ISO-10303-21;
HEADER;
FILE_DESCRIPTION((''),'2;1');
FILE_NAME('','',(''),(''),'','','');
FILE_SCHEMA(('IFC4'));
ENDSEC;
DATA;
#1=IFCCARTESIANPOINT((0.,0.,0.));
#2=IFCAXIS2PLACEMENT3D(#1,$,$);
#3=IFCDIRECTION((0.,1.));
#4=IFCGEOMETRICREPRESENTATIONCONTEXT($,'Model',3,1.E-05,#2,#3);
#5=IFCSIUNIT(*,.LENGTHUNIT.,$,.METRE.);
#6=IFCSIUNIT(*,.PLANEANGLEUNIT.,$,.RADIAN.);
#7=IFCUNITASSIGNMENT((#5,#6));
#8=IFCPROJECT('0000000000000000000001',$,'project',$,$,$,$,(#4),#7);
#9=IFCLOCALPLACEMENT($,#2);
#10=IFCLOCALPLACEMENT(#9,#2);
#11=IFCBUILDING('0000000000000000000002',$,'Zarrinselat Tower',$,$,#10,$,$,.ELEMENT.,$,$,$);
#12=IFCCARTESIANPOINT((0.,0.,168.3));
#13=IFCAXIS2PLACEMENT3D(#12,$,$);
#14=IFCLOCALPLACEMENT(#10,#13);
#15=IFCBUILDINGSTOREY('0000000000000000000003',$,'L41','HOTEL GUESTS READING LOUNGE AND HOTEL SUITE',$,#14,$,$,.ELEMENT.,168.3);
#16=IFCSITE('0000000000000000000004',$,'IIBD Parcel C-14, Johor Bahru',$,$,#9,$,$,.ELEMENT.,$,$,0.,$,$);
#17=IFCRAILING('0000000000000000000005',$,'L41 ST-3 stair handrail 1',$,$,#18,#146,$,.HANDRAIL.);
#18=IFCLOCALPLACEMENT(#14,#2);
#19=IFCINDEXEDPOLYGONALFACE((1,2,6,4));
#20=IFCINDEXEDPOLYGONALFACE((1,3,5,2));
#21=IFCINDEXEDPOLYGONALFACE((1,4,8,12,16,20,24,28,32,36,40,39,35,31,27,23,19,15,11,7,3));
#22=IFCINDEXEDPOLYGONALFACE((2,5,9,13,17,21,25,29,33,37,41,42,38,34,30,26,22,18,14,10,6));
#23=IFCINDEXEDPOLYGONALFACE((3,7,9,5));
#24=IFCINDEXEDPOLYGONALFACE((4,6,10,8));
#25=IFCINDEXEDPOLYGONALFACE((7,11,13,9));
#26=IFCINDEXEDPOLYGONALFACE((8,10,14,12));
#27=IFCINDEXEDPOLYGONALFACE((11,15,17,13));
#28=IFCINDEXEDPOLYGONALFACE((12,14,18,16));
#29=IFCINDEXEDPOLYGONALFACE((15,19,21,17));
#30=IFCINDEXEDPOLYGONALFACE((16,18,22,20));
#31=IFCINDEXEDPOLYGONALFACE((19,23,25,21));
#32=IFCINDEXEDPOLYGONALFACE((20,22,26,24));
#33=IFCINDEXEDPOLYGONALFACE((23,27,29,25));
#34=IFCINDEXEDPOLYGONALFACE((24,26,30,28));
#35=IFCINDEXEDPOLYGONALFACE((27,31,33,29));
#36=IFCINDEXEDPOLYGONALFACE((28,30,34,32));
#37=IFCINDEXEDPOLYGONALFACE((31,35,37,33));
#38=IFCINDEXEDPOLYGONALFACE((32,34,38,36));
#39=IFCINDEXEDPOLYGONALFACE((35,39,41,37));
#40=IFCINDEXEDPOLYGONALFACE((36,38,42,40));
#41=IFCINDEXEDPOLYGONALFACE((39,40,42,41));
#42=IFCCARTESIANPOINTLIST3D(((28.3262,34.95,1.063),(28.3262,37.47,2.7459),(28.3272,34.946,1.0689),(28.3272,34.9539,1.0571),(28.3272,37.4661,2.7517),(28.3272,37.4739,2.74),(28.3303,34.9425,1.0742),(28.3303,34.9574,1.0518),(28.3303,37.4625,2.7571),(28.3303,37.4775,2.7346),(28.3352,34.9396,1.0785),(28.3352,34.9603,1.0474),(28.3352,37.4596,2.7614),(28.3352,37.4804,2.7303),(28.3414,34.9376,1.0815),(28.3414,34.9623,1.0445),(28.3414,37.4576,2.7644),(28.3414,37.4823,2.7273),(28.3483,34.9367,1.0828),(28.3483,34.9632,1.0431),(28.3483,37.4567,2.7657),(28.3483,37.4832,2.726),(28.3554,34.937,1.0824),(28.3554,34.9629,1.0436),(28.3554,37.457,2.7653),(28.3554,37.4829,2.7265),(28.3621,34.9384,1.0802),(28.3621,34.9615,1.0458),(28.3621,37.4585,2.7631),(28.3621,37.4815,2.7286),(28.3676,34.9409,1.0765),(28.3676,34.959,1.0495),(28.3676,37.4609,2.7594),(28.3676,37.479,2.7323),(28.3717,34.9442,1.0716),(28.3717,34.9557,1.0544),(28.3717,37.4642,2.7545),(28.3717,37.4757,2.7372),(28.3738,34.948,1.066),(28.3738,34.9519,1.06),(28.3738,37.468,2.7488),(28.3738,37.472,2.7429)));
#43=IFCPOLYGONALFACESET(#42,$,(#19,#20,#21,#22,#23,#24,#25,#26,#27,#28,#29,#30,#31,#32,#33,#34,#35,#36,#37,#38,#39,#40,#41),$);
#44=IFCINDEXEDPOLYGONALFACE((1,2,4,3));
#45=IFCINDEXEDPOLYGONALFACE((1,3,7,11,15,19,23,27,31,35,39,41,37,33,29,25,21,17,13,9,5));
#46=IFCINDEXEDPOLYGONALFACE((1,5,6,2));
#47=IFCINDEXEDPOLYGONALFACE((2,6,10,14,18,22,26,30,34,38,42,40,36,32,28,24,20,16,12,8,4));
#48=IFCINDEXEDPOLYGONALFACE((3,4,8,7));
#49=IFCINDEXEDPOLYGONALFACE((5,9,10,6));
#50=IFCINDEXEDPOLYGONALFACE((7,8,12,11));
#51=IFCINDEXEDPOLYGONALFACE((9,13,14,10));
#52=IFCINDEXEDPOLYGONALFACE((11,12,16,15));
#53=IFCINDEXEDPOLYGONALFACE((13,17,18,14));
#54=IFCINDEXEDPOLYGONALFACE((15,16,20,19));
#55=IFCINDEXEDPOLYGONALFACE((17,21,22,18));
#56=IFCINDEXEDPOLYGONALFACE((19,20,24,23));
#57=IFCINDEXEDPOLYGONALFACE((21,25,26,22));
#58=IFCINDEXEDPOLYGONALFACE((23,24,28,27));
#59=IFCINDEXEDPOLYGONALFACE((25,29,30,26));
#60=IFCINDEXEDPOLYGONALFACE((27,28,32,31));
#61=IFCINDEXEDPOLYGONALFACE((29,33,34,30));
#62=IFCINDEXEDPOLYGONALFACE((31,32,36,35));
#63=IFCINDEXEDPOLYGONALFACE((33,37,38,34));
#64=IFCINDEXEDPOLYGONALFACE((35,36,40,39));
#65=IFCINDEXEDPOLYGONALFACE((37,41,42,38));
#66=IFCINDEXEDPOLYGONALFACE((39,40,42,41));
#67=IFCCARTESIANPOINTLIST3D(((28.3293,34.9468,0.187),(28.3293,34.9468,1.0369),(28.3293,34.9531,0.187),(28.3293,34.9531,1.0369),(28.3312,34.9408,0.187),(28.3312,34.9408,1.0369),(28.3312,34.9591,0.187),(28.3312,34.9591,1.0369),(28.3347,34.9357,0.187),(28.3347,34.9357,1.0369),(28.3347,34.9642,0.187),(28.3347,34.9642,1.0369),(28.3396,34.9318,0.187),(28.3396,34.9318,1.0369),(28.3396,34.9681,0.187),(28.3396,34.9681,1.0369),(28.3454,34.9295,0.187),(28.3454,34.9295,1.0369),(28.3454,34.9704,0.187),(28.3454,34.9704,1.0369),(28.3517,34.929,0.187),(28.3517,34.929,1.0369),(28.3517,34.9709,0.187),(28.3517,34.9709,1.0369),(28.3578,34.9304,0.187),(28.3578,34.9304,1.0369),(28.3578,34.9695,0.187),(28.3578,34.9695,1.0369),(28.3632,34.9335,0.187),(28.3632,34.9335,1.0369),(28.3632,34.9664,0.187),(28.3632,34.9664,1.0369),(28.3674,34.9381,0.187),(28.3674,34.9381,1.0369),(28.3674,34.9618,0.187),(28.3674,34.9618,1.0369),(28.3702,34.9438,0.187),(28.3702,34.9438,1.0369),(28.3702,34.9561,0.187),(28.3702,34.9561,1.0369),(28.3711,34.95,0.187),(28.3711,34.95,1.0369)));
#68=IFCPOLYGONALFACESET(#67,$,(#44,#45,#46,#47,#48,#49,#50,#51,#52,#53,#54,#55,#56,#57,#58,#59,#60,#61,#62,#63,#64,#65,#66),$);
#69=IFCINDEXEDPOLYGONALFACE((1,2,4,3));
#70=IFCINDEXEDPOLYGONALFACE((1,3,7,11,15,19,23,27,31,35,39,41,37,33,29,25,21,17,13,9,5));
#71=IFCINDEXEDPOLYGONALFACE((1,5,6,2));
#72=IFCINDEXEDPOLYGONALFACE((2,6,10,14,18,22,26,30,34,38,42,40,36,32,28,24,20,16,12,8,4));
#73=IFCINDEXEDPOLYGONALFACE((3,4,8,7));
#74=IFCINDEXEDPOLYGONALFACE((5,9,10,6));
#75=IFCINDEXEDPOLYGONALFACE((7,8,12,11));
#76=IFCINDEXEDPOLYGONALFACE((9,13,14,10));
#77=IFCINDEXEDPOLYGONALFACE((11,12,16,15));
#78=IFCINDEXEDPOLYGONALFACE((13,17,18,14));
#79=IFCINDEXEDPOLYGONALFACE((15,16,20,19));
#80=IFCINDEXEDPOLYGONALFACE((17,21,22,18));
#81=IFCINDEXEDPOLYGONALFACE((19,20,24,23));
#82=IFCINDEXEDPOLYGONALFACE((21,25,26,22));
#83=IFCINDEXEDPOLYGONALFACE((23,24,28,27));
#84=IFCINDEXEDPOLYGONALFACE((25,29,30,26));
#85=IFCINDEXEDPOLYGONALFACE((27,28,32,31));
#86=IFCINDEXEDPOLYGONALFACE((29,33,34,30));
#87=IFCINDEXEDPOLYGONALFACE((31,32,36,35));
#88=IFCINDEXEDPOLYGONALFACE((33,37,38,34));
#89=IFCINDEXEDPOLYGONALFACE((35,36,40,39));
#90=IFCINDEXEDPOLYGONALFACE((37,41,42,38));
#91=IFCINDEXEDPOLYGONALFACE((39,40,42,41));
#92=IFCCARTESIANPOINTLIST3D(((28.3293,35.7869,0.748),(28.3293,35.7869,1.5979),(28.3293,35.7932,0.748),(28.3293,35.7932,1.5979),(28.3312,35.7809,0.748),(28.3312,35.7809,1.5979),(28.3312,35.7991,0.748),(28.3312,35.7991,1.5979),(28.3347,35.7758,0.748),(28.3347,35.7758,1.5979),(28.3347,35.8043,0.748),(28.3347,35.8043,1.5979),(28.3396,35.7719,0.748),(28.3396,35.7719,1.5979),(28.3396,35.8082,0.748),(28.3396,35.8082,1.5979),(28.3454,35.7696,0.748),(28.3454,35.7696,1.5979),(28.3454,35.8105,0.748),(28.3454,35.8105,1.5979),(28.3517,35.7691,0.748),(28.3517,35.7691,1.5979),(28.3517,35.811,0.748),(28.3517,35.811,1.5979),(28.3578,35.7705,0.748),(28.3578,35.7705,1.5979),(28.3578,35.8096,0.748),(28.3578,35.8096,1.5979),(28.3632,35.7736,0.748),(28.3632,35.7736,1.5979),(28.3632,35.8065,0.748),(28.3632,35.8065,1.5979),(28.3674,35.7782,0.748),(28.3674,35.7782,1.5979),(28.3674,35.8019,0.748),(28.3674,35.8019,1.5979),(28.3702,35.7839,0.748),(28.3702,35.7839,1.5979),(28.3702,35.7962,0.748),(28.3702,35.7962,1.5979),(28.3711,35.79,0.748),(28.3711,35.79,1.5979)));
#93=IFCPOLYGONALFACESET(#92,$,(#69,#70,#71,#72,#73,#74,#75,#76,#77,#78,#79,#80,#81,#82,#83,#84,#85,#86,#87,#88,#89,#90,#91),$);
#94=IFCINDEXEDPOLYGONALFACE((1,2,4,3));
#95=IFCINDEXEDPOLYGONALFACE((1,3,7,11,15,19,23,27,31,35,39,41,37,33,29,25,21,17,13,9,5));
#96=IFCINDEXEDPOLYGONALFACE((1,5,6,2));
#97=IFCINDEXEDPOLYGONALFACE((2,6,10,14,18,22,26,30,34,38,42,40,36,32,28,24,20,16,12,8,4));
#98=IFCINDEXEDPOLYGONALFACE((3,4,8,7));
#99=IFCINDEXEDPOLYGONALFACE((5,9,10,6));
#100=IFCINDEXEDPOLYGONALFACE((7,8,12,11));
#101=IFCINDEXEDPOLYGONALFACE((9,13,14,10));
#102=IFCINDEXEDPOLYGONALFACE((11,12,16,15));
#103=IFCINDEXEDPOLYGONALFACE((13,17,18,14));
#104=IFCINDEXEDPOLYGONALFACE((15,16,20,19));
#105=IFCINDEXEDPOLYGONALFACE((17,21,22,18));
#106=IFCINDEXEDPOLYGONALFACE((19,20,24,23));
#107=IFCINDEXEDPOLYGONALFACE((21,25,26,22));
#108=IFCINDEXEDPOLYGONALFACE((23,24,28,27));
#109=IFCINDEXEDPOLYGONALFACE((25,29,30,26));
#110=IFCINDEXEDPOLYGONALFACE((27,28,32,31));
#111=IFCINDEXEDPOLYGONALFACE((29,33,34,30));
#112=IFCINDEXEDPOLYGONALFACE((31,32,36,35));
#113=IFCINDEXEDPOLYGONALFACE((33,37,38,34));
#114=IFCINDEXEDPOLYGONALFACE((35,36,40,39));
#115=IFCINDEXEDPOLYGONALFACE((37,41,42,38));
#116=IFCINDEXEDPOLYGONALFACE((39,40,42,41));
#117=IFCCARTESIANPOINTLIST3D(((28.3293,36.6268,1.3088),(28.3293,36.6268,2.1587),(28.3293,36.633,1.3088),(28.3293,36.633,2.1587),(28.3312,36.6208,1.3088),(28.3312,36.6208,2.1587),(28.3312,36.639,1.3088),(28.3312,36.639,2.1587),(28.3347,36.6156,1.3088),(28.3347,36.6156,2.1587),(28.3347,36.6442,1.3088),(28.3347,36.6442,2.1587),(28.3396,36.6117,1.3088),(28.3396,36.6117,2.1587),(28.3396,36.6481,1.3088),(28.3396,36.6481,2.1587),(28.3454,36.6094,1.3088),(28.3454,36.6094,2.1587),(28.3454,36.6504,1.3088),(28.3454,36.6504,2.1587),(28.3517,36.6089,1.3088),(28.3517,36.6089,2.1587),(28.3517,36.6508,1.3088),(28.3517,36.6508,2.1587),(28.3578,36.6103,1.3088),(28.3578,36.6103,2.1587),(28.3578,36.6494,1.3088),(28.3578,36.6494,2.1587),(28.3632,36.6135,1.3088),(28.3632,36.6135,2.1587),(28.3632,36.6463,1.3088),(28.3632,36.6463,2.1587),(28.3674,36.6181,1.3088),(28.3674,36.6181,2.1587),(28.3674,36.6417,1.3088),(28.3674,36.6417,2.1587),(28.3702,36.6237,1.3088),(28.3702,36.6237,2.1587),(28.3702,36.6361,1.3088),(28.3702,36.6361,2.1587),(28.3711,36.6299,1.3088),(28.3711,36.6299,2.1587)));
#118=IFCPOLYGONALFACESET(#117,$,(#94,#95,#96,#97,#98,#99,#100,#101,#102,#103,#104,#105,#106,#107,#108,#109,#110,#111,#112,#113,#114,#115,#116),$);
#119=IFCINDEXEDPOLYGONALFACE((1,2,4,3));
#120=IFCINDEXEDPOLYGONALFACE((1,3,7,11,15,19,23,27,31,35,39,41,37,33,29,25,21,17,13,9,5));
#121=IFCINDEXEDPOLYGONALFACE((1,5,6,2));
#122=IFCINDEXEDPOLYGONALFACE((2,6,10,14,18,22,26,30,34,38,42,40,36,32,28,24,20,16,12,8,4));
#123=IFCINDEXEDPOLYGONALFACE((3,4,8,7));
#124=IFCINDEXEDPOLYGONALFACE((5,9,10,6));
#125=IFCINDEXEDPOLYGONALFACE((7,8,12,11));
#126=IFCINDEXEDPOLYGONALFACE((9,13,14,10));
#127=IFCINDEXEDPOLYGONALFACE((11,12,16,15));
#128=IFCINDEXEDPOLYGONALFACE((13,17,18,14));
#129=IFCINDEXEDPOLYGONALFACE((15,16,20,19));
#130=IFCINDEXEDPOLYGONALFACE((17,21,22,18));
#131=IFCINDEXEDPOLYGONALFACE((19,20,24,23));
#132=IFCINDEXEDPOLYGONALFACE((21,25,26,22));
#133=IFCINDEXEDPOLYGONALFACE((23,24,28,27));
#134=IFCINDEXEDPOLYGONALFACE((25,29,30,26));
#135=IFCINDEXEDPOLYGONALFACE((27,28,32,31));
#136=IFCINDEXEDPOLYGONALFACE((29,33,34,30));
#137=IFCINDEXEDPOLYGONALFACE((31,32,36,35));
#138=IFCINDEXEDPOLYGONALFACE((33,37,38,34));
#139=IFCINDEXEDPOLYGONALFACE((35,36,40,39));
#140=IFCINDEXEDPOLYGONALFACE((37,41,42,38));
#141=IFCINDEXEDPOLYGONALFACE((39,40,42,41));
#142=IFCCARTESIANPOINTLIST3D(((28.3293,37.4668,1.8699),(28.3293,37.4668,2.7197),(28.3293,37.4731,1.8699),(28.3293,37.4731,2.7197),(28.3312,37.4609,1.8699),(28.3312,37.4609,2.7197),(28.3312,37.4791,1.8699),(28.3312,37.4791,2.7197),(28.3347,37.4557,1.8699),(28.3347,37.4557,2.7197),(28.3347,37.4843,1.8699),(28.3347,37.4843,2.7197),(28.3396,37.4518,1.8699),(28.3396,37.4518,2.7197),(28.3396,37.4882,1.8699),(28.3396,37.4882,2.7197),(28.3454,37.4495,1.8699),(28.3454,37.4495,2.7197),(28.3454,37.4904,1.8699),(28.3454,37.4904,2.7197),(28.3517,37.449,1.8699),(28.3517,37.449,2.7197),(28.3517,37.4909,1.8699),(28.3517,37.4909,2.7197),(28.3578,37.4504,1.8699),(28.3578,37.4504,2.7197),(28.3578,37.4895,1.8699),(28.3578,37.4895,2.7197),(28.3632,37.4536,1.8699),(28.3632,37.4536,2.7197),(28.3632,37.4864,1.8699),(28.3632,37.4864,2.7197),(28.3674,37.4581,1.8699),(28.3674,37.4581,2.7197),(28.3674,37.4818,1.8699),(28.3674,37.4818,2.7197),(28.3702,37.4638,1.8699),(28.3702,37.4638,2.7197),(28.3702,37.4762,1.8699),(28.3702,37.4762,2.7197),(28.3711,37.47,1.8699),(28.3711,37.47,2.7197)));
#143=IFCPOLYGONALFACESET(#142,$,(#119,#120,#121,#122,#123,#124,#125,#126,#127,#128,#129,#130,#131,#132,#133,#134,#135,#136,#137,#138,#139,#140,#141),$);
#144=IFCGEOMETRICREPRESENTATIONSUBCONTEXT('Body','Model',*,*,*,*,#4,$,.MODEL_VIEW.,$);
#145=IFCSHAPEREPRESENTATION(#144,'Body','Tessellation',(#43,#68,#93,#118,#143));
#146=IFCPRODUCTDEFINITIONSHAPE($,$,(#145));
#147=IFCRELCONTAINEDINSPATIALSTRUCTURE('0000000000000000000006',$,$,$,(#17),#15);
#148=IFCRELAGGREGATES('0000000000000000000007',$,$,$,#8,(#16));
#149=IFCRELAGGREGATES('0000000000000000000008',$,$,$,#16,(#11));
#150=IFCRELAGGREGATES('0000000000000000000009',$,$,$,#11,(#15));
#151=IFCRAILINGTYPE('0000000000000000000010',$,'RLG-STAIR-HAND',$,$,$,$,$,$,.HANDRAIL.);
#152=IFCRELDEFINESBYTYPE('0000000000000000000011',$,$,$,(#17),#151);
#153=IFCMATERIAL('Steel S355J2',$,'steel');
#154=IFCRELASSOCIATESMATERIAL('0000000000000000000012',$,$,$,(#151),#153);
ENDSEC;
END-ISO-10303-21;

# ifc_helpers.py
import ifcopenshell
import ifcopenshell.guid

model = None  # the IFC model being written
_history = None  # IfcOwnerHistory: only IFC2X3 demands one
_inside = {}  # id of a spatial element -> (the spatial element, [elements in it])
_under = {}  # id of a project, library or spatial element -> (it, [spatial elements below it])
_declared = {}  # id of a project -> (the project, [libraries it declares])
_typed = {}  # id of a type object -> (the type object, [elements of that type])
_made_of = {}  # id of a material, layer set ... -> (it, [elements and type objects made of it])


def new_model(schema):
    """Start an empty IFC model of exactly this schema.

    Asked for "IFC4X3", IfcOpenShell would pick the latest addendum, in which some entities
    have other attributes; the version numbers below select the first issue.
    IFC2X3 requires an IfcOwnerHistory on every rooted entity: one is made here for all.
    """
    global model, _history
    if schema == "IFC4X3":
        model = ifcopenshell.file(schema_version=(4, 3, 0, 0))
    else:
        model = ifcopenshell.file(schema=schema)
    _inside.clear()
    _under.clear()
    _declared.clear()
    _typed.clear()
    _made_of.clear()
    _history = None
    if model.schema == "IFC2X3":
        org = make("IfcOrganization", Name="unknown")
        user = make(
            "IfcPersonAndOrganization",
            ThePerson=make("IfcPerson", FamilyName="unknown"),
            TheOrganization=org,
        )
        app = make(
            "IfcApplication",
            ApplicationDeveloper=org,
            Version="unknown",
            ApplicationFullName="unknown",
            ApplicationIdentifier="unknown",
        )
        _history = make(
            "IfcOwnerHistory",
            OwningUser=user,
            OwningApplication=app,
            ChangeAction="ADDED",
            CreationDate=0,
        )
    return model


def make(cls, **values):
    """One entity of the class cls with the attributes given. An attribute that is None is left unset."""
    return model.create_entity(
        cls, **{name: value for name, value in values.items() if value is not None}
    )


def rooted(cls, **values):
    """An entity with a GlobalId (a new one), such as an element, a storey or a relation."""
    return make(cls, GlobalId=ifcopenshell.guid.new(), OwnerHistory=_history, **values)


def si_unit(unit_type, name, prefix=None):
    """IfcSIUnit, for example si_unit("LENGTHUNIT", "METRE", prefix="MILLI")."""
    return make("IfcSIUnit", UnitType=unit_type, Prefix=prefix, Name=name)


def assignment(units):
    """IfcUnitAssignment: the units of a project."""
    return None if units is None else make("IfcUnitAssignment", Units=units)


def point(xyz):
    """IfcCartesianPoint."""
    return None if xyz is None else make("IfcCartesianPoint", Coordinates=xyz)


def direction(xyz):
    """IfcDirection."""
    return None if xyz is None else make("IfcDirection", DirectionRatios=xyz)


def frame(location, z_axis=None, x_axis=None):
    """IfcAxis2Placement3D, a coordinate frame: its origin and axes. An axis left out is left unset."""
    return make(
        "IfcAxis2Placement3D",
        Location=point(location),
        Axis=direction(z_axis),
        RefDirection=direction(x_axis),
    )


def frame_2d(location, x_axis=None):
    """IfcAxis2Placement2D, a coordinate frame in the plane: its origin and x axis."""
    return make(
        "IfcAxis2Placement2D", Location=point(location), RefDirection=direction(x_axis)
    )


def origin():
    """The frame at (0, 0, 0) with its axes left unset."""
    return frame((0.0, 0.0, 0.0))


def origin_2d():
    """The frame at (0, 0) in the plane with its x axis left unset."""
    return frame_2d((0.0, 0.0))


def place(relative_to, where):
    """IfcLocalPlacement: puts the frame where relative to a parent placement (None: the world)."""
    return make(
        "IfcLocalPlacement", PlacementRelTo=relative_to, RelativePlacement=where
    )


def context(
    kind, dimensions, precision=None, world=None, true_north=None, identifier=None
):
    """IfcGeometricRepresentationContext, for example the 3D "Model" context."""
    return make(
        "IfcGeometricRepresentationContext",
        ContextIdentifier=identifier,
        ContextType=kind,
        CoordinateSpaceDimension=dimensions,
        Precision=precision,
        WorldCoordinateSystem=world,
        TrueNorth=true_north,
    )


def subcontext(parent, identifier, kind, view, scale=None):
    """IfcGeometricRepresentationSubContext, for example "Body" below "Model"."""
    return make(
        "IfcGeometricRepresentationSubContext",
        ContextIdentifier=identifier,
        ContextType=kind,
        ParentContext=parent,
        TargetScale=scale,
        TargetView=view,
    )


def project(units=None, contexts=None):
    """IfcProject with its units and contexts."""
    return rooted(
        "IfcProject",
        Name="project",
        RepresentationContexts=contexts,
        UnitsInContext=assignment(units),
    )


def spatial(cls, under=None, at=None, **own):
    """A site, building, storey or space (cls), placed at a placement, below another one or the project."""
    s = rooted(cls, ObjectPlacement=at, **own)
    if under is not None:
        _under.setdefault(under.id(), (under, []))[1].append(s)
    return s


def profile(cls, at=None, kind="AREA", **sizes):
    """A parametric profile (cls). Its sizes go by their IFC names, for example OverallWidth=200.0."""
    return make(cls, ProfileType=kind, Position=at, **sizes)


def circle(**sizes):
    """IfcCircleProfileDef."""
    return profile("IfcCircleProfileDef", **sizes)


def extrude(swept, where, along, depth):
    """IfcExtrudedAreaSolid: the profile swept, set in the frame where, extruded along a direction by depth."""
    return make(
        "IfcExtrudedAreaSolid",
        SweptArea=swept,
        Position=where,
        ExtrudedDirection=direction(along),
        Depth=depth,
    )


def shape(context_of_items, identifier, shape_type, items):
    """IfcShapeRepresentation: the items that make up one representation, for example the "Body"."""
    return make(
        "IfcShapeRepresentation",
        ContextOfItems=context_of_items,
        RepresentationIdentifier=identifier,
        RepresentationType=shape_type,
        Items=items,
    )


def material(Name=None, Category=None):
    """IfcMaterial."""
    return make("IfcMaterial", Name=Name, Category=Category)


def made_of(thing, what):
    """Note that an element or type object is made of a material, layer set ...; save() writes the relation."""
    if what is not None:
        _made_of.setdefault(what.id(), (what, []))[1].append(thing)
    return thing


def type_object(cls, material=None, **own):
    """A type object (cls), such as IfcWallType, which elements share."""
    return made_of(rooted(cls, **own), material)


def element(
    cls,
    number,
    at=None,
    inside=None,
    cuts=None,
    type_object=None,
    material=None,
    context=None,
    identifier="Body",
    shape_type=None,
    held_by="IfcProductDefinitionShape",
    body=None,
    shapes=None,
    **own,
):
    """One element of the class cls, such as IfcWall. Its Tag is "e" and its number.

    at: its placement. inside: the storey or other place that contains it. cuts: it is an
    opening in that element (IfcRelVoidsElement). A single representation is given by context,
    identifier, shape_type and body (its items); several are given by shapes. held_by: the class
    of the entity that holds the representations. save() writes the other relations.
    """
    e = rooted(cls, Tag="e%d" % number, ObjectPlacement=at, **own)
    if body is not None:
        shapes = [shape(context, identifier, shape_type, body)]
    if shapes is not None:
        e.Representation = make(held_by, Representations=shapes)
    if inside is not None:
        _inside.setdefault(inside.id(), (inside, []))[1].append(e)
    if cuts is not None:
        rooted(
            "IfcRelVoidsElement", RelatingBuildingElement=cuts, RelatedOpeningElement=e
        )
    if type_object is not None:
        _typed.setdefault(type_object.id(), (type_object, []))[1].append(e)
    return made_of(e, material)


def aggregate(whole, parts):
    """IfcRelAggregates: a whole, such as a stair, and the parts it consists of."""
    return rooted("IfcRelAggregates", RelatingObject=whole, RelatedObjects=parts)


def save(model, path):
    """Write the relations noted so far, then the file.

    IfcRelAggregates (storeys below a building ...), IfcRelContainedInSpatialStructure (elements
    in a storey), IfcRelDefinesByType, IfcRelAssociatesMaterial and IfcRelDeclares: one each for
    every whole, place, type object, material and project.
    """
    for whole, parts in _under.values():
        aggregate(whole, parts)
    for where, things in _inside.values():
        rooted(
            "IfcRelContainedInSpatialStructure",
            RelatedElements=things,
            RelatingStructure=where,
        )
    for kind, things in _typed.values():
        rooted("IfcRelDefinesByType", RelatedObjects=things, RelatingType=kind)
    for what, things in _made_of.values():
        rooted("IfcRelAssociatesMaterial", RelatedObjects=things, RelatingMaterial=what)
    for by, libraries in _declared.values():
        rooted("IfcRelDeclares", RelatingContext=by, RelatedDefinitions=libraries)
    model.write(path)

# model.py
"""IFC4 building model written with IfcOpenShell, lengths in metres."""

from ifc_helpers import new_model, si_unit, direction, frame, origin, origin_2d, place, context, subcontext, project, spatial, circle, extrude, material, type_object, element, save


model = new_model("IFC4")

# Units and contexts
model_context = context("Model", 3, precision=1e-05, world=origin(), true_north=direction((0.0, 1.0)))
body_context = subcontext(model_context, "Body", "Model", "MODEL_VIEW")
ifc_project = project(units=[si_unit("LENGTHUNIT", "METRE"), si_unit("PLANEANGLEUNIT", "RADIAN")], contexts=[model_context])

# Site, building, storey
site_placement = place(None, origin())
site = spatial("IfcSite", under=ifc_project, at=site_placement, Name="IIBD Parcel C-14, Johor Bahru", CompositionType="ELEMENT", RefElevation=0.0)
building_placement = place(site_placement, origin())
building = spatial("IfcBuilding", under=site, at=building_placement, Name="Zarrinselat Tower", CompositionType="ELEMENT")
storey_placement = place(building_placement, frame((0.0, 0.0, 168.3)))
storey = spatial("IfcBuildingStorey", under=building, at=storey_placement, Name="L41", Description="HOTEL GUESTS READING LOUNGE AND HOTEL SUITE", CompositionType="ELEMENT", Elevation=168.3)

# Railing
ifc_material_1 = material(Name="Steel S355J2", Category="steel")
railing_type_1 = type_object("IfcRailingType", Name="RLG-STAIR-HAND", PredefinedType="HANDRAIL", material=ifc_material_1)
railing_1_placement = place(storey_placement, frame((28.3501, 34.95, 0.187)))
element("IfcRailing", 1, at=railing_1_placement, inside=storey, type_object=railing_type_1, Name="L41 ST-3 stair handrail 1", PredefinedType="HANDRAIL", context=body_context, shape_type="SweptSolid", body=[
    extrude(circle(Radius=0.0239, at=origin_2d()), frame((0.0, 0.0, 0.876), z_axis=(0.0, 0.831616, 0.555351), x_axis=(-1.0, 0.0, 0.0)), (0.0, 0.0, 1.0), 3.0303),
    extrude(circle(Radius=0.021, at=origin_2d()), origin(), (0.0, 0.0, 1.0), 0.8499),
    extrude(circle(Radius=0.021, at=origin_2d()), frame((0.0, 0.8401, 0.561)), (0.0, 0.0, 1.0), 0.8499),
    extrude(circle(Radius=0.021, at=origin_2d()), frame((0.0, 1.6799, 1.1218)), (0.0, 0.0, 1.0), 0.8499),
    extrude(circle(Radius=0.021, at=origin_2d()), frame((0.0, 2.52, 1.6829)), (0.0, 0.0, 1.0), 0.8499),
])

save(model, "model.ifc")
